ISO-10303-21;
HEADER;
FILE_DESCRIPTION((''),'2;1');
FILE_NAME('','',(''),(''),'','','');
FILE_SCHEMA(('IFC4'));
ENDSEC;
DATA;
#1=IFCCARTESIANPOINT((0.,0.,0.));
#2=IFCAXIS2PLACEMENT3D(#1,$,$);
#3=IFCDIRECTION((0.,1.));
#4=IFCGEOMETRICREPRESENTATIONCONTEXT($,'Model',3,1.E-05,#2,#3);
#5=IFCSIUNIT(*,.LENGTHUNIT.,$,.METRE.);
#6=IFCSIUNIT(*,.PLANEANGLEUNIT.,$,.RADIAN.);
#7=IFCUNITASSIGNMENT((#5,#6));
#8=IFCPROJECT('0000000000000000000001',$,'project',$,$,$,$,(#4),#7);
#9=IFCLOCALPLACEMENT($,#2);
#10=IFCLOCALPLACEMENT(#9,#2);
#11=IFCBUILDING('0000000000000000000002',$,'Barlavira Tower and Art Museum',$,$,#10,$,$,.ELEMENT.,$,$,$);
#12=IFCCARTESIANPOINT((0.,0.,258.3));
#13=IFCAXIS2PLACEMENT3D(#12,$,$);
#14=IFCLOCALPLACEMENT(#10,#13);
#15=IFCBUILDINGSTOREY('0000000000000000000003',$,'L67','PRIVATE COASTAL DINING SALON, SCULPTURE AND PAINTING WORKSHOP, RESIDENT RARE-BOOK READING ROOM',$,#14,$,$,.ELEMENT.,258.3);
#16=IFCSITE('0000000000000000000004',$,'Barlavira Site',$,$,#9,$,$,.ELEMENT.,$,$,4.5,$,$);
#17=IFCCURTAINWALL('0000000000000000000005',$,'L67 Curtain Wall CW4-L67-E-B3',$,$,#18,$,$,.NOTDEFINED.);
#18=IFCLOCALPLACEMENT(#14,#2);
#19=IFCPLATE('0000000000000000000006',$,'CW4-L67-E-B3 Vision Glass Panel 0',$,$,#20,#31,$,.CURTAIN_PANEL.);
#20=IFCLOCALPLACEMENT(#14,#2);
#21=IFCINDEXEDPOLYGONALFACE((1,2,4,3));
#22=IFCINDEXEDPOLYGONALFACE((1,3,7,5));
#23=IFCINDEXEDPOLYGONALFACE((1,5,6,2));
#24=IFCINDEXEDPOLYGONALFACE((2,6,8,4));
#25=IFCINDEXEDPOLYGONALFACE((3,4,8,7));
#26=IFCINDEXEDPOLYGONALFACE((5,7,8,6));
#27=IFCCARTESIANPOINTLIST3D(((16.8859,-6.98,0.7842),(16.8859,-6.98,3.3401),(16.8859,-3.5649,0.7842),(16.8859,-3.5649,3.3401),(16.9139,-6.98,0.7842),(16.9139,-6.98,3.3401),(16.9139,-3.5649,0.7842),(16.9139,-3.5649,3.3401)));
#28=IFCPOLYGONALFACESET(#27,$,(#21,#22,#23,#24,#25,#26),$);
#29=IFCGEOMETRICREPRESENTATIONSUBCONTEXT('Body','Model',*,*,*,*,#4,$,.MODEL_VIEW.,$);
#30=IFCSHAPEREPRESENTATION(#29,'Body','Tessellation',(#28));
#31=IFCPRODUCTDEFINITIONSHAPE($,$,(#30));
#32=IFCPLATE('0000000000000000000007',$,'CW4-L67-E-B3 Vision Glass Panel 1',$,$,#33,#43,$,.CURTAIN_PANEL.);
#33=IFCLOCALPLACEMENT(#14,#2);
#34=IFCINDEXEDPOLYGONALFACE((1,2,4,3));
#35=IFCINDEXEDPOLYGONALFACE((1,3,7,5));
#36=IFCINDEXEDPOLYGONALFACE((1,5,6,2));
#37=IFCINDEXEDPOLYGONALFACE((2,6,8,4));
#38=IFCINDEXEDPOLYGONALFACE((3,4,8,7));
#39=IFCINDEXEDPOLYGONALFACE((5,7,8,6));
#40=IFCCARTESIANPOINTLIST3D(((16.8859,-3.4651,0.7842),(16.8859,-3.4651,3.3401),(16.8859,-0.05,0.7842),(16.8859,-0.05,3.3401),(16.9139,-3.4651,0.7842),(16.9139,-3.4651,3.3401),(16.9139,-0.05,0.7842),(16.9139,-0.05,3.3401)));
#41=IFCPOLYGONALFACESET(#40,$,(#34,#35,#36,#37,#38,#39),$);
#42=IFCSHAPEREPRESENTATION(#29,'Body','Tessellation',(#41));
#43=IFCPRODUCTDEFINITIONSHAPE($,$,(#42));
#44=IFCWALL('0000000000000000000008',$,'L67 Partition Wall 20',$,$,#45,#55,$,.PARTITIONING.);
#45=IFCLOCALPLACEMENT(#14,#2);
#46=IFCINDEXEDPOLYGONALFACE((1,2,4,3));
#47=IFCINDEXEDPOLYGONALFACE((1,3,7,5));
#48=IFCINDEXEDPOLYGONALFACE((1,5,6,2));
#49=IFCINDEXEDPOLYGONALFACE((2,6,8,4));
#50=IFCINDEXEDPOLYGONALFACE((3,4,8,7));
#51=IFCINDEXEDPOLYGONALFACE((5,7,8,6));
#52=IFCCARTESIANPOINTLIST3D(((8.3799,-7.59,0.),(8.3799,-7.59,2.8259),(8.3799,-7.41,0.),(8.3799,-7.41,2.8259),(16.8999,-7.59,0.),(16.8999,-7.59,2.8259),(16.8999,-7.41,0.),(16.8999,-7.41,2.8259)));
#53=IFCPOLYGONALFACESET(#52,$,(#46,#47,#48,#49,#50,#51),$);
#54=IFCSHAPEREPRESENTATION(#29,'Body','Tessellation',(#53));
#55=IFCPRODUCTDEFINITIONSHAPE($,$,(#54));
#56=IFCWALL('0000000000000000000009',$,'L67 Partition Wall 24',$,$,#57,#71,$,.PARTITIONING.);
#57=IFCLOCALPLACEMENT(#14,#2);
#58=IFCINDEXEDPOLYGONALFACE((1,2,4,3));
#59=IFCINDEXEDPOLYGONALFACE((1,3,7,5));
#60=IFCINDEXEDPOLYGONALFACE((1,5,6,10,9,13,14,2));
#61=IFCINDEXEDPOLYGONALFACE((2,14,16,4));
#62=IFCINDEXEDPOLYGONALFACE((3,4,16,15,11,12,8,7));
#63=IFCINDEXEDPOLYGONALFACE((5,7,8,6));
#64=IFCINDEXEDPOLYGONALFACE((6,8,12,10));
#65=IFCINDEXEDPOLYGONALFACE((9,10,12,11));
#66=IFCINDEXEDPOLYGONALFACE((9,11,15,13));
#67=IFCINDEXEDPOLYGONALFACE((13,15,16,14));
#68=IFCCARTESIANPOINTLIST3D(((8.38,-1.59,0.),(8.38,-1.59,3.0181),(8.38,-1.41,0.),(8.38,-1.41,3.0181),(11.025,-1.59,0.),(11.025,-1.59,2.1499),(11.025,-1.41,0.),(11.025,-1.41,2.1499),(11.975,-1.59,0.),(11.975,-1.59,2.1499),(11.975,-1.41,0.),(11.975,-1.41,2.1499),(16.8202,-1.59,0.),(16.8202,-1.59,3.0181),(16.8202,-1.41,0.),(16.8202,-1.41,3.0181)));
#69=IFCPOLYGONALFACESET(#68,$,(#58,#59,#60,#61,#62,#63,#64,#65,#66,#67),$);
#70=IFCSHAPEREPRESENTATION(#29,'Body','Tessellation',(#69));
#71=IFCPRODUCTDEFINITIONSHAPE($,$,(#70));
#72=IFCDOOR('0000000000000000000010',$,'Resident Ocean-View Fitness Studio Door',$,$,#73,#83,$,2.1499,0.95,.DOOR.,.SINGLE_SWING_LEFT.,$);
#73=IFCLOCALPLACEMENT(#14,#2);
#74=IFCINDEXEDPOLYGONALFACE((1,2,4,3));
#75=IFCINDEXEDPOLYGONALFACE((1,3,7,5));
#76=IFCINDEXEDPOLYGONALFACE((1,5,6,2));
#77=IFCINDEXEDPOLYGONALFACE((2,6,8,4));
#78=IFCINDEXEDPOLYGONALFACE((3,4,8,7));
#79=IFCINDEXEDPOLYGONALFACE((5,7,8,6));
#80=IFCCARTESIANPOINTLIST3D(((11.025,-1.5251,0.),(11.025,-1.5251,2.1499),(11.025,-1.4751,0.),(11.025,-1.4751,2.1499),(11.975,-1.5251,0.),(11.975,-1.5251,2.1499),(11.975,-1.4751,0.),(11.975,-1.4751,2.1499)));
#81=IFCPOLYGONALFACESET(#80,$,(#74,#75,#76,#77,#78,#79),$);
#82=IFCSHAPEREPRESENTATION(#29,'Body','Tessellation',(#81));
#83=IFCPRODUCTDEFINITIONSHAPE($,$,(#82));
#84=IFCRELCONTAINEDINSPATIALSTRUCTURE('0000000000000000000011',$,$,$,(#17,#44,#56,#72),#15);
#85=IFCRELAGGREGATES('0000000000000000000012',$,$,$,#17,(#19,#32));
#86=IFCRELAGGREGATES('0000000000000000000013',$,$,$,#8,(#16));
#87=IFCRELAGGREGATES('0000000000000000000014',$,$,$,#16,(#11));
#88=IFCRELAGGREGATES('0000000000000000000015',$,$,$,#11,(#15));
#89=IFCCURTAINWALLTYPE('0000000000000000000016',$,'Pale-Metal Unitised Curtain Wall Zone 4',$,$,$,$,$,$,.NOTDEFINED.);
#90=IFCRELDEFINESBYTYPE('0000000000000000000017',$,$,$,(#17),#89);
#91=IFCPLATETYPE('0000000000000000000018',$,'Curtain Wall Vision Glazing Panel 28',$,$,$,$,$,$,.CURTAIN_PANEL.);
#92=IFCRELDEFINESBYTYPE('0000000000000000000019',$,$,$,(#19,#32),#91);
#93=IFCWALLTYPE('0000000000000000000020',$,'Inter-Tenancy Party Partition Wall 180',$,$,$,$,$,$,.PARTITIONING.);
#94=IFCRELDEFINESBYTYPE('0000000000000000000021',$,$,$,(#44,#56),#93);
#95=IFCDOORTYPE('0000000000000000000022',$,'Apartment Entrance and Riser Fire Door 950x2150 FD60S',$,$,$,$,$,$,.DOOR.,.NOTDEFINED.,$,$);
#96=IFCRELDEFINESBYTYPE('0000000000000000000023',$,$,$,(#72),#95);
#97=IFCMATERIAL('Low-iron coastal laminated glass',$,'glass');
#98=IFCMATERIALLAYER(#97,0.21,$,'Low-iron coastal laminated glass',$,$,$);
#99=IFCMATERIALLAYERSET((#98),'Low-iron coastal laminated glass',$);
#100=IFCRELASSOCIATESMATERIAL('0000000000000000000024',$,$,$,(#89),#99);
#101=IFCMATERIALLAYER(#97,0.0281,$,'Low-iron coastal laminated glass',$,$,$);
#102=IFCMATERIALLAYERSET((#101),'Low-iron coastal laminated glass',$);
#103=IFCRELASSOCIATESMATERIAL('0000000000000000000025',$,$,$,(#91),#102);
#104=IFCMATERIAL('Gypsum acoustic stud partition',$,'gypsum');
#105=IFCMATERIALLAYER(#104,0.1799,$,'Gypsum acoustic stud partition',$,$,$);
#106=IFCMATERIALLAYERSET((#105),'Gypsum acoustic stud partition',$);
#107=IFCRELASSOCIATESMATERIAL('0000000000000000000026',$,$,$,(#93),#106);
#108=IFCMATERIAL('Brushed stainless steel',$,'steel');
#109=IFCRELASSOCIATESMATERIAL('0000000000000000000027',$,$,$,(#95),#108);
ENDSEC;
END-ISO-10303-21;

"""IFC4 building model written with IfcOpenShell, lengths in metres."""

from ifc_helpers import new_model, si_unit, direction, frame, frame_2d, origin, origin_2d, place, context, subcontext, project, spatial, rectangle, extrude, material, layer, layer_set, type_object, element, fill, aggregate, save


model = new_model("IFC4")

# Units and contexts
model_context = context("Model", 3, precision=1e-05, world=origin(), true_north=direction((0.0, 1.0)))
body_context = subcontext(model_context, "Body", "Model", "MODEL_VIEW")
ifc_project = project(units=[si_unit("LENGTHUNIT", "METRE"), si_unit("PLANEANGLEUNIT", "RADIAN")], contexts=[model_context])

# Site, building, storey
site_placement = place(None, origin())
site = spatial("IfcSite", under=ifc_project, at=site_placement, Name="Barlavira Site", CompositionType="ELEMENT", RefElevation=4.5)
building_placement = place(site_placement, origin())
building = spatial("IfcBuilding", under=site, at=building_placement, Name="Barlavira Tower and Art Museum", CompositionType="ELEMENT")
storey_placement = place(building_placement, frame((0.0, 0.0, 258.3)))
storey = spatial("IfcBuildingStorey", under=building, at=storey_placement, Name="L67", Description="PRIVATE COASTAL DINING SALON, SCULPTURE AND PAINTING WORKSHOP, RESIDENT RARE-BOOK READING ROOM", CompositionType="ELEMENT", Elevation=258.3)

# Curtain wall
ifc_material_1 = material(Name="Low-iron coastal laminated glass", Category="glass")
ifc_layer_1 = layer(ifc_material_1, 0.21, Name="Low-iron coastal laminated glass")
ifc_layer_set_1 = layer_set([ifc_layer_1], Name="Low-iron coastal laminated glass")
curtain_wall_type = type_object("IfcCurtainWallType", Name="Pale-Metal Unitised Curtain Wall Zone 4", PredefinedType="NOTDEFINED", material=ifc_layer_set_1)
curtain_wall_placement = place(storey_placement, origin())
curtain_wall = element("IfcCurtainWall", 1, at=curtain_wall_placement, inside=storey, type_object=curtain_wall_type, Name="L67 Curtain Wall CW4-L67-E-B3", PredefinedType="NOTDEFINED")

# Plates
ifc_layer_2 = layer(ifc_material_1, 0.0281, Name="Low-iron coastal laminated glass")
ifc_layer_set_2 = layer_set([ifc_layer_2], Name="Low-iron coastal laminated glass")
plate_type_1 = type_object("IfcPlateType", Name="Curtain Wall Vision Glazing Panel 28", PredefinedType="CURTAIN_PANEL", material=ifc_layer_set_2)
plate_1_placement = place(storey_placement, frame((16.8999, -5.2725, 0.7842), z_axis=(0.0, 0.0, 1.0), x_axis=(0.0, 1.0, 0.0)))
plate_1 = element("IfcPlate", 2, at=plate_1_placement, type_object=plate_type_1, Name="CW4-L67-E-B3 Vision Glass Panel 0", PredefinedType="CURTAIN_PANEL", context=body_context, shape_type="SweptSolid", body=[
    extrude(rectangle(XDim=3.415, YDim=0.0281, at=origin_2d()), origin(), (0.0, 0.0, 1.0), 2.5559),
])
plate_2_placement = place(storey_placement, frame((16.8999, -1.7576, 0.7842), z_axis=(0.0, 0.0, 1.0), x_axis=(0.0, 1.0, 0.0)))
plate_2 = element("IfcPlate", 3, at=plate_2_placement, type_object=plate_type_1, Name="CW4-L67-E-B3 Vision Glass Panel 1", PredefinedType="CURTAIN_PANEL", context=body_context, shape_type="SweptSolid", body=[
    extrude(rectangle(XDim=3.415, YDim=0.0281, at=origin_2d()), origin(), (0.0, 0.0, 1.0), 2.5559),
])
aggregate(curtain_wall, [plate_1, plate_2])

# Wall
ifc_material_2 = material(Name="Gypsum acoustic stud partition", Category="gypsum")
ifc_layer_3 = layer(ifc_material_2, 0.1799, Name="Gypsum acoustic stud partition")
ifc_layer_set_3 = layer_set([ifc_layer_3], Name="Gypsum acoustic stud partition")
wall_type = type_object("IfcWallType", Name="Inter-Tenancy Party Partition Wall 180", PredefinedType="PARTITIONING", material=ifc_layer_set_3)
wall_1_placement = place(storey_placement, frame((8.3799, -7.5, 0.0), z_axis=(0.0, 0.0, 1.0), x_axis=(1.0, 0.0, 0.0)))
element("IfcWall", 4, at=wall_1_placement, inside=storey, type_object=wall_type, Name="L67 Partition Wall 20", PredefinedType="PARTITIONING", context=body_context, shape_type="SweptSolid", body=[
    extrude(rectangle(XDim=8.52, YDim=0.1799, at=frame_2d((4.26, 0.0))), origin(), (0.0, 0.0, 1.0), 2.8259),
])

# Wall, opening, door
wall_2_placement = place(storey_placement, frame((8.3799, -1.5, 0.0), z_axis=(0.0, 0.0, 1.0), x_axis=(1.0, 0.0, 0.0)))
wall_2 = element("IfcWall", 5, at=wall_2_placement, inside=storey, type_object=wall_type, Name="L67 Partition Wall 24", PredefinedType="PARTITIONING", context=body_context, shape_type="SweptSolid", body=[
    extrude(rectangle(XDim=8.4402, YDim=0.1799, at=frame_2d((4.2202, 0.0))), origin(), (0.0, 0.0, 1.0), 3.0181),
])
opening_placement = place(wall_2_placement, frame((2.645, 0.0, 0.0)))
opening = element("IfcOpeningElement", 6, at=opening_placement, cuts=wall_2, PredefinedType="OPENING", context=body_context, shape_type="SweptSolid", body=[
    extrude(rectangle(XDim=0.95, YDim=2.1499, at=frame_2d((0.4751, 1.075))), frame((0.0, 0.1001, 0.0), z_axis=(0.0, -1.0, 0.0), x_axis=(1.0, 0.0, 0.0)), (0.0, 0.0, 1.0), 0.2),
])
ifc_material_3 = material(Name="Brushed stainless steel", Category="steel")
door_type = type_object("IfcDoorType", Name="Apartment Entrance and Riser Fire Door 950x2150 FD60S", OperationType="NOTDEFINED", PredefinedType="DOOR", material=ifc_material_3)
door_placement = place(opening_placement, origin())
door = element("IfcDoor", 7, at=door_placement, inside=storey, type_object=door_type, Name="Resident Ocean-View Fitness Studio Door", OperationType="SINGLE_SWING_LEFT", OverallHeight=2.1499, OverallWidth=0.95, PredefinedType="DOOR", context=body_context, shape_type="SweptSolid", body=[
    extrude(rectangle(XDim=0.95, YDim=2.1499, at=frame_2d((0.4751, 1.075))), frame((0.0, 0.0249, 0.0), z_axis=(0.0, -1.0, 0.0), x_axis=(1.0, 0.0, 0.0)), (0.0, 0.0, 1.0), 0.05),
])
fill(opening, door)

save(model, "model.ifc")
